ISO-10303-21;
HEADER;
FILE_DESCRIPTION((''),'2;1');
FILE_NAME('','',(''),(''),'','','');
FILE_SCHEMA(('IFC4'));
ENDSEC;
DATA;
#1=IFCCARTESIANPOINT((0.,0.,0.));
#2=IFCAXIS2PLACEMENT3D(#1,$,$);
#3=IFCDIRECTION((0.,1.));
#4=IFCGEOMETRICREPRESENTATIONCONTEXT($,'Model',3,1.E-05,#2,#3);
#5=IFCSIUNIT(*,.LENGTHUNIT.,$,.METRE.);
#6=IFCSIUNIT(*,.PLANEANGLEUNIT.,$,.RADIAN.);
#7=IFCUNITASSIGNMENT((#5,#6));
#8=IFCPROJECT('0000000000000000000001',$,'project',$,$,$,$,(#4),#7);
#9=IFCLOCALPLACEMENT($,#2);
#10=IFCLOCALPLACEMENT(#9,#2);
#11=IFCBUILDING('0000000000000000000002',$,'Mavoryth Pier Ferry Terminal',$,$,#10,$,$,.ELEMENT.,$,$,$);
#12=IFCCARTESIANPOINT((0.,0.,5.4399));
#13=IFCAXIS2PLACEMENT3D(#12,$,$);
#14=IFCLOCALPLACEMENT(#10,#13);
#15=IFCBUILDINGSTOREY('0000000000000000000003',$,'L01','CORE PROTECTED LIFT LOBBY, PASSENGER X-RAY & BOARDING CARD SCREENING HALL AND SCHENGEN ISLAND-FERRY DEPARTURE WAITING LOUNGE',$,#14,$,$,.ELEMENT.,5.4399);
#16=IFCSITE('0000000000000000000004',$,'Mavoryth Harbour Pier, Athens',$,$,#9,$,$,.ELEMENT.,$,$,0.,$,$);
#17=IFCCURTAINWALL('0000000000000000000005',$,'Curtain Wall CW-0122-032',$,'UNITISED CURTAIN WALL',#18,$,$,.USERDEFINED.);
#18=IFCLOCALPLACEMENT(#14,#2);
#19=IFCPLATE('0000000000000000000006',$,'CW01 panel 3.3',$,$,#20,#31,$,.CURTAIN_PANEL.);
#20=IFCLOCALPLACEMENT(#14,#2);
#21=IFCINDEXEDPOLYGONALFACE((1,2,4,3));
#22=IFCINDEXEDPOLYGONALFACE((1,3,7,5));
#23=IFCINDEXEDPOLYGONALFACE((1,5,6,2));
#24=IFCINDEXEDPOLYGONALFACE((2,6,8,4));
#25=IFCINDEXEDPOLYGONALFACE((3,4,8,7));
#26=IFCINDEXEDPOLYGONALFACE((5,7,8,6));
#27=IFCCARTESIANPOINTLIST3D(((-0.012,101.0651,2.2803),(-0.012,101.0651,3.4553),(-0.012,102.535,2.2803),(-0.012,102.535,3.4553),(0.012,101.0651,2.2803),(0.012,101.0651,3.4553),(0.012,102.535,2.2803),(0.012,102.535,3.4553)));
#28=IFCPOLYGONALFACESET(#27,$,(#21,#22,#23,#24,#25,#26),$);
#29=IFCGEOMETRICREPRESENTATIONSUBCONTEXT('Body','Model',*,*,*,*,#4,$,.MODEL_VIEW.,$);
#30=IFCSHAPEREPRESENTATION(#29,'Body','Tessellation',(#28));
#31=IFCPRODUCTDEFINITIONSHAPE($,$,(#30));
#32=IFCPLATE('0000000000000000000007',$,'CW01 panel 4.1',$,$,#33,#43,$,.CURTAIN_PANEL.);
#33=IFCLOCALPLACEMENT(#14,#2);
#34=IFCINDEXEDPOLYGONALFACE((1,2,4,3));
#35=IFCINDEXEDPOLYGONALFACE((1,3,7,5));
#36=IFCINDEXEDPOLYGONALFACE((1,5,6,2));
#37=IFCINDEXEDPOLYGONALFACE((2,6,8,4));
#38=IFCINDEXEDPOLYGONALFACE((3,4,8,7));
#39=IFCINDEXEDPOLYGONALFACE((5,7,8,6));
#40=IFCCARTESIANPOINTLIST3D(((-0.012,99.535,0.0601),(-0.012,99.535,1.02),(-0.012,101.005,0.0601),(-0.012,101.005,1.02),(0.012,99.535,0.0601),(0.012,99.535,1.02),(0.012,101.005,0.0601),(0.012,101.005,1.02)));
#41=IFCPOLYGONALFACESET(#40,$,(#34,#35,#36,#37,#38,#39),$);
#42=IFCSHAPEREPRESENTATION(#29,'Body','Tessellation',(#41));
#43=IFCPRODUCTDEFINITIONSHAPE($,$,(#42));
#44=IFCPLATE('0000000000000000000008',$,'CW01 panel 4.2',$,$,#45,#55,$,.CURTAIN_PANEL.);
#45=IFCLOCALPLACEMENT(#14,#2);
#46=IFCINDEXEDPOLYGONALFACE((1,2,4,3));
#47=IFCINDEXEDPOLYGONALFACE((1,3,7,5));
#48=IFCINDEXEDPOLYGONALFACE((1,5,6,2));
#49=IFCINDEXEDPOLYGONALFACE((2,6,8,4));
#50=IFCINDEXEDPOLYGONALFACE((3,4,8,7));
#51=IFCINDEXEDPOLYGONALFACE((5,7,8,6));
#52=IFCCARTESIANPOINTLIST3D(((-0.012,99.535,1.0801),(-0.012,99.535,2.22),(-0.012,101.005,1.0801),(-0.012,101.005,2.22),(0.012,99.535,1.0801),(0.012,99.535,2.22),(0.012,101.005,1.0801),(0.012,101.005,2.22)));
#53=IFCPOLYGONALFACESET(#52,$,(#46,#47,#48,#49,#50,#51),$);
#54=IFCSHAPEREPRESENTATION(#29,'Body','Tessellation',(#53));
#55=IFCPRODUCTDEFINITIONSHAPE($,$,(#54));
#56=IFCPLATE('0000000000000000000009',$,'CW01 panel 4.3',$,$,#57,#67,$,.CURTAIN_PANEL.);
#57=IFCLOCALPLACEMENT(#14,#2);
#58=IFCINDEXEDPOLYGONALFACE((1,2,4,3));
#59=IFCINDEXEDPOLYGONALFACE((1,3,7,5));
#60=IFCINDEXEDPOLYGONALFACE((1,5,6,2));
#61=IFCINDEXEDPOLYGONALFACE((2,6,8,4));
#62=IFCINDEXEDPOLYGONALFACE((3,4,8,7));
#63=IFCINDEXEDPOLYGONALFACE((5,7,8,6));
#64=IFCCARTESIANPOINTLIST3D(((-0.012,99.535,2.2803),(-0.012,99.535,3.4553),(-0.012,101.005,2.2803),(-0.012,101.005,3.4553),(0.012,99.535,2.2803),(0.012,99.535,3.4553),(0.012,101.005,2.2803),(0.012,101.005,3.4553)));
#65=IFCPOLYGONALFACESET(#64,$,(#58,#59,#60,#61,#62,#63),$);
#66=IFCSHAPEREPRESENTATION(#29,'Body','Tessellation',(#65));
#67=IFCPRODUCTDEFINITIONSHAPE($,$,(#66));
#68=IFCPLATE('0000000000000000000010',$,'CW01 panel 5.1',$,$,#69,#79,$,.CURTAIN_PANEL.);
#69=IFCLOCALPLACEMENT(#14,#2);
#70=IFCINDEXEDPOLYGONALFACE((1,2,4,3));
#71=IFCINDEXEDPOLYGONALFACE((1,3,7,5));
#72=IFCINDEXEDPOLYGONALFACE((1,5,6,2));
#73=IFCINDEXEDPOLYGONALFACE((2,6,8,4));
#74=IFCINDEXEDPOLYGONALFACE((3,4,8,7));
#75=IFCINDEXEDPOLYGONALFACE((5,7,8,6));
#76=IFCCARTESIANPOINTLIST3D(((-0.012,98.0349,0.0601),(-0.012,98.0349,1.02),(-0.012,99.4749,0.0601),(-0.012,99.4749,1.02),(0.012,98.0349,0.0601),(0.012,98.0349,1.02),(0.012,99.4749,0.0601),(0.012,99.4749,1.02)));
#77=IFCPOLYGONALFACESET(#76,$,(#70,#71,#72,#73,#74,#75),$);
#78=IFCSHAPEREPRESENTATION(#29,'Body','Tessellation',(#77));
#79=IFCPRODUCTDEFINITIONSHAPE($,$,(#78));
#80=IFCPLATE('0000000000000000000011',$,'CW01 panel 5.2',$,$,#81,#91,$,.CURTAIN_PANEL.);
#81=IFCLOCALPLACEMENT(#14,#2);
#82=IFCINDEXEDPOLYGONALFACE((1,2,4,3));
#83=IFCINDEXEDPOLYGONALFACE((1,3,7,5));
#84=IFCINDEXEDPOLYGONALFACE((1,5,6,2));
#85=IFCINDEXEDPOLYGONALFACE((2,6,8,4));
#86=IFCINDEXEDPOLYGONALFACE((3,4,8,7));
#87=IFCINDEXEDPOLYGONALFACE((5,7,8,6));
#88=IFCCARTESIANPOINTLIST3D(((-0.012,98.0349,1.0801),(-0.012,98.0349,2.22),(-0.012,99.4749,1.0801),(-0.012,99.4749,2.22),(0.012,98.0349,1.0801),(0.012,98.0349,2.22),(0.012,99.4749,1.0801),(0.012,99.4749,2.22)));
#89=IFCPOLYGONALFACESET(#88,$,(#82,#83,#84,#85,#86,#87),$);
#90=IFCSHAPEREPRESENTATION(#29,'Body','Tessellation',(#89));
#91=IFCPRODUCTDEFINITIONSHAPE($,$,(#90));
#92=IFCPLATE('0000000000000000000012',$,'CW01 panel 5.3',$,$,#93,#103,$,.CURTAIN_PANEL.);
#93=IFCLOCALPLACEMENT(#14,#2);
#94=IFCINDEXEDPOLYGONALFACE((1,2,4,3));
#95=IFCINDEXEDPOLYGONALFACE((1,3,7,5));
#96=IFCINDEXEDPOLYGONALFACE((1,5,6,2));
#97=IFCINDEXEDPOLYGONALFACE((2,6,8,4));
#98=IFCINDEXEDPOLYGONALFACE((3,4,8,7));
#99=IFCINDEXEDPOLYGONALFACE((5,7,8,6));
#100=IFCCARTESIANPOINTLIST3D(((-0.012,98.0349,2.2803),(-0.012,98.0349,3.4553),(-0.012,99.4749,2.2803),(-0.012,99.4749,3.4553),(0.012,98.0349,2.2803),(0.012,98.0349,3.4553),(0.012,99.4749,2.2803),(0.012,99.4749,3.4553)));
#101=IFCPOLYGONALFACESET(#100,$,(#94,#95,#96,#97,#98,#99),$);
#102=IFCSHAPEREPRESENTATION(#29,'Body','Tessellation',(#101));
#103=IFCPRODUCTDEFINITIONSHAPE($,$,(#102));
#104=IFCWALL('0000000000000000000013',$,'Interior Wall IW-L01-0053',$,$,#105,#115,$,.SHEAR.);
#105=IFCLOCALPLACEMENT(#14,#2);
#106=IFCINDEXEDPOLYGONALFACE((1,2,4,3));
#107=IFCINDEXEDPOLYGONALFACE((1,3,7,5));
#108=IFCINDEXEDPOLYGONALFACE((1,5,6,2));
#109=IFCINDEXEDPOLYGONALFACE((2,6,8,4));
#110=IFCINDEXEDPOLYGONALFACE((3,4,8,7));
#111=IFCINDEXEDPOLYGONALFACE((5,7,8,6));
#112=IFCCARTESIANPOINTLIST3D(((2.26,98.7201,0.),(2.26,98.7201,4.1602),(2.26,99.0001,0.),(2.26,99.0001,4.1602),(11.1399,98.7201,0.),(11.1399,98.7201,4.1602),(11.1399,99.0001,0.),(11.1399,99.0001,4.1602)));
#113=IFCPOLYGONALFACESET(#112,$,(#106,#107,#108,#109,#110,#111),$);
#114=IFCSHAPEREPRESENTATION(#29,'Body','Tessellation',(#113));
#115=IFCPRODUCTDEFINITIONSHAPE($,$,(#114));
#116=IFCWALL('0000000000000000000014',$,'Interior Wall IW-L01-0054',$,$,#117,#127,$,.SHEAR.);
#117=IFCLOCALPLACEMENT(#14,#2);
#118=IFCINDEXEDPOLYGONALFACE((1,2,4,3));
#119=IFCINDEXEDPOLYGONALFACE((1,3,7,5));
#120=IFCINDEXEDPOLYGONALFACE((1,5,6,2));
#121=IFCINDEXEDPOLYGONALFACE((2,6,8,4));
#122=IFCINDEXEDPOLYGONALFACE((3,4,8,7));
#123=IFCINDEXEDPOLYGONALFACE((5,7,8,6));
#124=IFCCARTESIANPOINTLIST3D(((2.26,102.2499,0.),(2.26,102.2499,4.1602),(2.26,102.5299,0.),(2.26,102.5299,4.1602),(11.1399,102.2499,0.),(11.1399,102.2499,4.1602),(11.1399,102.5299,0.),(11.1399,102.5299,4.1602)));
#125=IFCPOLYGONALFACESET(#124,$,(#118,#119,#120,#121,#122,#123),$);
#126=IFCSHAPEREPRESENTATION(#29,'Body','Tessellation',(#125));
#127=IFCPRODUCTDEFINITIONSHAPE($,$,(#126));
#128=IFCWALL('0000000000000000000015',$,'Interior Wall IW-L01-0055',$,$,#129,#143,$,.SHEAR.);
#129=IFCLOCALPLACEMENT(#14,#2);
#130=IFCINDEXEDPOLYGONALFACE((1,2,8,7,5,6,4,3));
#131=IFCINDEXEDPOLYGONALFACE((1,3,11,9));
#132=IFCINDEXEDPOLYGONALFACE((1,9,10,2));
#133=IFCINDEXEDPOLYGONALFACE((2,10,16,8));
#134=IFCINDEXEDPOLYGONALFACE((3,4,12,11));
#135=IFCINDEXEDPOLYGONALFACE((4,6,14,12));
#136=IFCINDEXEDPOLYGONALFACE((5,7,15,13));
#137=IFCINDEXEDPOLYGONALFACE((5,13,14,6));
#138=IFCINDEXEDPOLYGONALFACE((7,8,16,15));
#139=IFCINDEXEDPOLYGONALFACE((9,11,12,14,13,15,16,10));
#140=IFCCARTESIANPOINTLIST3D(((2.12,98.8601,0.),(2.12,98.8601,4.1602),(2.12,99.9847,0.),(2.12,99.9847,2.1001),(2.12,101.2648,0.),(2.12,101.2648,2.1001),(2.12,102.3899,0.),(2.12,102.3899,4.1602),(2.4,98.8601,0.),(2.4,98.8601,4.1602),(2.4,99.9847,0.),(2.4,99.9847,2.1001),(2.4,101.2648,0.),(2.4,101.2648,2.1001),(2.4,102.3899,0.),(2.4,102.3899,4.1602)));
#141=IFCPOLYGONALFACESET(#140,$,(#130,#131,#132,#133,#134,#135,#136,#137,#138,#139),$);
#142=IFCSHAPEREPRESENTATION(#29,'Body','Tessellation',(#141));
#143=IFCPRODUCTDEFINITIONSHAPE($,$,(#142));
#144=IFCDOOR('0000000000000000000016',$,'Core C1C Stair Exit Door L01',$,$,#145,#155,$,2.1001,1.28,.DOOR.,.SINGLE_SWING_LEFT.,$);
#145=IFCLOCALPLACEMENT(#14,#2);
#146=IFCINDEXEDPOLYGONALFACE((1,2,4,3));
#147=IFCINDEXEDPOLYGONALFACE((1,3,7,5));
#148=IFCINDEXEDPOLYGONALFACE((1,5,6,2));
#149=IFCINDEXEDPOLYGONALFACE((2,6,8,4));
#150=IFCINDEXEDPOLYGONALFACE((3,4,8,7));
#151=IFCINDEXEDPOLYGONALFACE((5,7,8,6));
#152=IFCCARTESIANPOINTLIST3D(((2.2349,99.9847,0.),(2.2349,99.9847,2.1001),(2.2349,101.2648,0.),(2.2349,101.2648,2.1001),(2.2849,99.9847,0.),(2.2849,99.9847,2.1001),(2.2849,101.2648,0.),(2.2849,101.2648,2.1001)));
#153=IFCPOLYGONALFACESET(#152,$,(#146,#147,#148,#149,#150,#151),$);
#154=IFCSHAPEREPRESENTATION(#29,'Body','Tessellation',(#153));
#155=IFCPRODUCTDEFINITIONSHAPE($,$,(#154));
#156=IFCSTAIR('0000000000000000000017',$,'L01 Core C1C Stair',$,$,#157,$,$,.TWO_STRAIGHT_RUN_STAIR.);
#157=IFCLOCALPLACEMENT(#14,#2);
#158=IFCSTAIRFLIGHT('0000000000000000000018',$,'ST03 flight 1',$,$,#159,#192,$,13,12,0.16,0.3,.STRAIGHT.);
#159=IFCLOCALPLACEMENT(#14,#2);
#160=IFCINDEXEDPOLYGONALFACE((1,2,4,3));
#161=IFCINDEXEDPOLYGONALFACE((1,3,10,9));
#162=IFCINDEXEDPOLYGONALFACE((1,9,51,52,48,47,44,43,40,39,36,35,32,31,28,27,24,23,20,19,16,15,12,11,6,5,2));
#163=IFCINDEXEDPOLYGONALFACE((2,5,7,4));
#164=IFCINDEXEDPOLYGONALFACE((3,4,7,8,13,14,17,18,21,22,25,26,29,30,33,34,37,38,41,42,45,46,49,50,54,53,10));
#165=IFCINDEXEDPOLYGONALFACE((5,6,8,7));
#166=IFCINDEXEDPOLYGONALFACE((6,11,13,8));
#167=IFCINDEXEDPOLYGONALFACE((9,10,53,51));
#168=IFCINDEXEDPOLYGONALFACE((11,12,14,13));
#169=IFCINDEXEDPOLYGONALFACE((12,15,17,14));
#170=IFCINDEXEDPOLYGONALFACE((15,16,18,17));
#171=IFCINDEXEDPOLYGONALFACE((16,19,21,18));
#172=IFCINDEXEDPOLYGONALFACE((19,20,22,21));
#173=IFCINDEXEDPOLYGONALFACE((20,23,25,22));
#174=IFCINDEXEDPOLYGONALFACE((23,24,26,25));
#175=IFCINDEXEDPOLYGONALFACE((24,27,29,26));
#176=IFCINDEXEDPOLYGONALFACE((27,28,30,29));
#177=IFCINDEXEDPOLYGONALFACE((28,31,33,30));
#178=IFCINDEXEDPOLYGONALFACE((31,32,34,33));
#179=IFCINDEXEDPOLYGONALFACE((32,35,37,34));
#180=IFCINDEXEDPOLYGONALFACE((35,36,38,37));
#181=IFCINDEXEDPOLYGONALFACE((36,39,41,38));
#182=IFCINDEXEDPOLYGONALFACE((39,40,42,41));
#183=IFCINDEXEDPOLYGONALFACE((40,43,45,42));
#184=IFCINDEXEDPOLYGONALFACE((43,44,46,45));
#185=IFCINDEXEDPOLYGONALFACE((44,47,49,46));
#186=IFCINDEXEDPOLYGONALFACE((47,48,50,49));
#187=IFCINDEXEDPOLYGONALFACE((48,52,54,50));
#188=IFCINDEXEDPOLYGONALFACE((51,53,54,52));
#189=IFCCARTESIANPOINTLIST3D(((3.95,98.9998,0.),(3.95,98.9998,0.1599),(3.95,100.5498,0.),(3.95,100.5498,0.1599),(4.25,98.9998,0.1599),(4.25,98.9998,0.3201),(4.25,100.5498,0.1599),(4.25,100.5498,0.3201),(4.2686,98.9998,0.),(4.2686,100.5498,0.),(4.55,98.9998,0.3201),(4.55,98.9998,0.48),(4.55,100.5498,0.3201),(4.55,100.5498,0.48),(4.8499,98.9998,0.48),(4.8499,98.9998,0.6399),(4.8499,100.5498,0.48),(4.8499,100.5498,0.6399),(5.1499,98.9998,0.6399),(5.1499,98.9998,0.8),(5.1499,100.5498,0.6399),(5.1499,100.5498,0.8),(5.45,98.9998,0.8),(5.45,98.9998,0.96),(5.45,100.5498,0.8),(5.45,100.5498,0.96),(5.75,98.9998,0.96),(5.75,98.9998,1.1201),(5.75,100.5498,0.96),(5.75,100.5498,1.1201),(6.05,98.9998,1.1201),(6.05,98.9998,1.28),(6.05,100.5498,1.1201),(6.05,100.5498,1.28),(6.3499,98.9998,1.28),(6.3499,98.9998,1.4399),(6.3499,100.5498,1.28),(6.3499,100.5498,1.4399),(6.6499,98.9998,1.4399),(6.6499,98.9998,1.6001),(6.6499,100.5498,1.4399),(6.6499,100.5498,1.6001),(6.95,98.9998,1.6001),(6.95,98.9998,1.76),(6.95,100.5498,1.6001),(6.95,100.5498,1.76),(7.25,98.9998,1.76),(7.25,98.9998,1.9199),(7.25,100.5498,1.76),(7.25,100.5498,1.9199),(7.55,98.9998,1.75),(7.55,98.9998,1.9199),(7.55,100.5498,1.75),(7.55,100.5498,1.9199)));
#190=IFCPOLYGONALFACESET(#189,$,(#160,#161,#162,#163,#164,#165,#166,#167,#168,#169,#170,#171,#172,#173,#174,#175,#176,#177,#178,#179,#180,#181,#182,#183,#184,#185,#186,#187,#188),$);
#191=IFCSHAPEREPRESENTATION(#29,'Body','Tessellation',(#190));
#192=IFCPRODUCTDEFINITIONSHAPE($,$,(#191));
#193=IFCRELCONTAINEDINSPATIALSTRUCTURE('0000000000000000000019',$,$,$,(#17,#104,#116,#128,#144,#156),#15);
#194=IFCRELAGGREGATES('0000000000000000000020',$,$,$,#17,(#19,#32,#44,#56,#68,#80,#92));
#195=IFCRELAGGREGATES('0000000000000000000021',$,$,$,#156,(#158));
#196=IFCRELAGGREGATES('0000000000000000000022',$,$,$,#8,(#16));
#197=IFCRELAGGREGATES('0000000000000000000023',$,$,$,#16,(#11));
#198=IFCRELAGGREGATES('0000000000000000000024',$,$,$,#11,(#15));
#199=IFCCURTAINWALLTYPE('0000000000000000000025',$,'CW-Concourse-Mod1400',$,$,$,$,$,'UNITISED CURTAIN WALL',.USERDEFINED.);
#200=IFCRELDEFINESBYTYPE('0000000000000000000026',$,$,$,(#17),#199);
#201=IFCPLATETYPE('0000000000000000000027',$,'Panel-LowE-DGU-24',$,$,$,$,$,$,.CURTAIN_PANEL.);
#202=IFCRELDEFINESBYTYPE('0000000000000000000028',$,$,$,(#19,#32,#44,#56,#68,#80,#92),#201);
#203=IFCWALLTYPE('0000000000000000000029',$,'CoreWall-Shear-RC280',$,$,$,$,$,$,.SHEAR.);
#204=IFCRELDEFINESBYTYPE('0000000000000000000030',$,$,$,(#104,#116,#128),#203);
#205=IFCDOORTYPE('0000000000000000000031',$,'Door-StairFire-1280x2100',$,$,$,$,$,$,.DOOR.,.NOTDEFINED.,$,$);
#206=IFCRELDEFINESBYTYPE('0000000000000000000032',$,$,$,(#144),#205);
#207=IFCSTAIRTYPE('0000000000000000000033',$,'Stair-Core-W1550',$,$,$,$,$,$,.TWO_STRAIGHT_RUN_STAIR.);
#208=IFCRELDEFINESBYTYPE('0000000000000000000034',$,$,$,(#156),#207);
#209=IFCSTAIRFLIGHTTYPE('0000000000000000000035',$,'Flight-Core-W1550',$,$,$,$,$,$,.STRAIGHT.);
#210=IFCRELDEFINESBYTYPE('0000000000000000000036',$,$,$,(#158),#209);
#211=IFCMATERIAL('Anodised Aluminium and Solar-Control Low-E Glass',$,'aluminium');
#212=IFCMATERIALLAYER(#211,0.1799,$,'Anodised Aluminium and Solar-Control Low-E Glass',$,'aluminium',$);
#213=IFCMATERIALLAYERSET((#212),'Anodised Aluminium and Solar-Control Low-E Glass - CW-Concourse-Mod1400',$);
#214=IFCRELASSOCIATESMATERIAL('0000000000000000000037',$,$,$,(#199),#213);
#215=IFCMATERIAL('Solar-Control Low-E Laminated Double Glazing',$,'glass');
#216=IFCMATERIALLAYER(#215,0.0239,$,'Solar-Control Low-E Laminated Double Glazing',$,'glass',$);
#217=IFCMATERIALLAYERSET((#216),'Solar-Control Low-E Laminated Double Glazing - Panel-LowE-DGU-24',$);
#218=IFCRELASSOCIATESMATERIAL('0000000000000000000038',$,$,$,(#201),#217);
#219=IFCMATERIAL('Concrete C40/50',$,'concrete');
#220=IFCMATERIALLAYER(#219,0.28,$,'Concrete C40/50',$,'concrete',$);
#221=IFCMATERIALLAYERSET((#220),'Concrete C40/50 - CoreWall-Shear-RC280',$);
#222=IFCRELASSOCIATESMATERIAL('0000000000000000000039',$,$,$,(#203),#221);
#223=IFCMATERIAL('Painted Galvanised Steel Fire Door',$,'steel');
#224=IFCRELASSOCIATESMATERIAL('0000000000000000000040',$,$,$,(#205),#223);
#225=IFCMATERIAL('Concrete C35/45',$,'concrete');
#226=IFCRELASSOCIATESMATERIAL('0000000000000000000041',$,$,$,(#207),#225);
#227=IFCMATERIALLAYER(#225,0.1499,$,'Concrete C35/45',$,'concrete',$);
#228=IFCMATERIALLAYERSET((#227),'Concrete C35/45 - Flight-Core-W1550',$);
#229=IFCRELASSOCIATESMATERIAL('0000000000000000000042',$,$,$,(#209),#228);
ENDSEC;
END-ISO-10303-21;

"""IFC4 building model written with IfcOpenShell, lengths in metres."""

from ifc_helpers import new_model, si_unit, direction, frame, frame_2d, origin, origin_2d, place, context, subcontext, project, spatial, polyline, rectangle, outline, extrude, material, layer, layer_set, type_object, element, fill, aggregate, save


model = new_model("IFC4")

# Units and contexts
model_context = context("Model", 3, precision=1e-05, world=origin(), true_north=direction((0.0, 1.0)))
body_context = subcontext(model_context, "Body", "Model", "MODEL_VIEW")
ifc_project = project(units=[si_unit("LENGTHUNIT", "METRE"), si_unit("PLANEANGLEUNIT", "RADIAN")], contexts=[model_context])

# Site, building, storey
site_placement = place(None, origin())
site = spatial("IfcSite", under=ifc_project, at=site_placement, Name="Mavoryth Harbour Pier, Athens", CompositionType="ELEMENT", RefElevation=0.0)
building_placement = place(site_placement, origin())
building = spatial("IfcBuilding", under=site, at=building_placement, Name="Mavoryth Pier Ferry Terminal", CompositionType="ELEMENT")
storey_placement = place(building_placement, frame((0.0, 0.0, 5.4399)))
storey = spatial("IfcBuildingStorey", under=building, at=storey_placement, Name="L01", Description="CORE PROTECTED LIFT LOBBY, PASSENGER X-RAY & BOARDING CARD SCREENING HALL AND SCHENGEN ISLAND-FERRY DEPARTURE WAITING LOUNGE", CompositionType="ELEMENT", Elevation=5.4399)

# Shared definitions
ifc_material_1 = material(Name="Concrete C35/45", Category="concrete")

# Curtain wall
ifc_material_2 = material(Name="Anodised Aluminium and Solar-Control Low-E Glass", Category="aluminium")
ifc_layer_1 = layer(ifc_material_2, 0.1799, Name="Anodised Aluminium and Solar-Control Low-E Glass", Category="aluminium")
ifc_layer_set_1 = layer_set([ifc_layer_1], Name="Anodised Aluminium and Solar-Control Low-E Glass - CW-Concourse-Mod1400")
curtain_wall_type = type_object("IfcCurtainWallType", Name="CW-Concourse-Mod1400", ElementType="UNITISED CURTAIN WALL", PredefinedType="USERDEFINED", material=ifc_layer_set_1)
curtain_wall_placement = place(storey_placement, origin())
curtain_wall = element("IfcCurtainWall", 1, at=curtain_wall_placement, inside=storey, type_object=curtain_wall_type, Name="Curtain Wall CW-0122-032", ObjectType="UNITISED CURTAIN WALL", PredefinedType="USERDEFINED")

# Plates
ifc_material_3 = material(Name="Solar-Control Low-E Laminated Double Glazing", Category="glass")
ifc_layer_2 = layer(ifc_material_3, 0.0239, Name="Solar-Control Low-E Laminated Double Glazing", Category="glass")
ifc_layer_set_2 = layer_set([ifc_layer_2], Name="Solar-Control Low-E Laminated Double Glazing - Panel-LowE-DGU-24")
plate_type = type_object("IfcPlateType", Name="Panel-LowE-DGU-24", PredefinedType="CURTAIN_PANEL", material=ifc_layer_set_2)
plate_1_placement = place(storey_placement, frame((0.0, 101.8, 2.2803), z_axis=(0.0, 0.0, 1.0), x_axis=(0.0, -1.0, 0.0)))
plate_1 = element("IfcPlate", 2, at=plate_1_placement, type_object=plate_type, Name="CW01 panel 3.3", PredefinedType="CURTAIN_PANEL", context=body_context, shape_type="SweptSolid", body=[
    extrude(rectangle(XDim=1.47, YDim=0.0239, at=origin_2d()), origin(), (0.0, 0.0, 1.0), 1.175),
])
plate_2_placement = place(storey_placement, frame((0.0, 100.27, 0.0601), z_axis=(0.0, 0.0, 1.0), x_axis=(0.0, -1.0, 0.0)))
plate_2 = element("IfcPlate", 3, at=plate_2_placement, type_object=plate_type, Name="CW01 panel 4.1", PredefinedType="CURTAIN_PANEL", context=body_context, shape_type="SweptSolid", body=[
    extrude(rectangle(XDim=1.47, YDim=0.0239, at=origin_2d()), origin(), (0.0, 0.0, 1.0), 0.96),
])
plate_3_placement = place(storey_placement, frame((0.0, 100.27, 1.0801), z_axis=(0.0, 0.0, 1.0), x_axis=(0.0, -1.0, 0.0)))
plate_3 = element("IfcPlate", 4, at=plate_3_placement, type_object=plate_type, Name="CW01 panel 4.2", PredefinedType="CURTAIN_PANEL", context=body_context, shape_type="SweptSolid", body=[
    extrude(rectangle(XDim=1.47, YDim=0.0239, at=origin_2d()), origin(), (0.0, 0.0, 1.0), 1.1399),
])
plate_4_placement = place(storey_placement, frame((0.0, 100.27, 2.2803), z_axis=(0.0, 0.0, 1.0), x_axis=(0.0, -1.0, 0.0)))
plate_4 = element("IfcPlate", 5, at=plate_4_placement, type_object=plate_type, Name="CW01 panel 4.3", PredefinedType="CURTAIN_PANEL", context=body_context, shape_type="SweptSolid", body=[
    extrude(rectangle(XDim=1.47, YDim=0.0239, at=origin_2d()), origin(), (0.0, 0.0, 1.0), 1.175),
])
plate_5_placement = place(storey_placement, frame((0.0, 98.7549, 0.0601), z_axis=(0.0, 0.0, 1.0), x_axis=(0.0, -1.0, 0.0)))
plate_5 = element("IfcPlate", 6, at=plate_5_placement, type_object=plate_type, Name="CW01 panel 5.1", PredefinedType="CURTAIN_PANEL", context=body_context, shape_type="SweptSolid", body=[
    extrude(rectangle(XDim=1.4399, YDim=0.0239, at=origin_2d()), origin(), (0.0, 0.0, 1.0), 0.96),
])
plate_6_placement = place(storey_placement, frame((0.0, 98.7549, 1.0801), z_axis=(0.0, 0.0, 1.0), x_axis=(0.0, -1.0, 0.0)))
plate_6 = element("IfcPlate", 7, at=plate_6_placement, type_object=plate_type, Name="CW01 panel 5.2", PredefinedType="CURTAIN_PANEL", context=body_context, shape_type="SweptSolid", body=[
    extrude(rectangle(XDim=1.4399, YDim=0.0239, at=origin_2d()), origin(), (0.0, 0.0, 1.0), 1.1399),
])
plate_7_placement = place(storey_placement, frame((0.0, 98.7549, 2.2803), z_axis=(0.0, 0.0, 1.0), x_axis=(0.0, -1.0, 0.0)))
plate_7 = element("IfcPlate", 8, at=plate_7_placement, type_object=plate_type, Name="CW01 panel 5.3", PredefinedType="CURTAIN_PANEL", context=body_context, shape_type="SweptSolid", body=[
    extrude(rectangle(XDim=1.4399, YDim=0.0239, at=origin_2d()), origin(), (0.0, 0.0, 1.0), 1.175),
])
aggregate(curtain_wall, [plate_1, plate_2, plate_3, plate_4, plate_5, plate_6, plate_7])

# Walls
ifc_material_4 = material(Name="Concrete C40/50", Category="concrete")
ifc_layer_3 = layer(ifc_material_4, 0.28, Name="Concrete C40/50", Category="concrete")
ifc_layer_set_3 = layer_set([ifc_layer_3], Name="Concrete C40/50 - CoreWall-Shear-RC280")
wall_type = type_object("IfcWallType", Name="CoreWall-Shear-RC280", PredefinedType="SHEAR", material=ifc_layer_set_3)
for number, where, z_axis, x_axis, name in (
    (9, (2.26, 98.8601, 0.0), (0.0, 0.0, 1.0), (1.0, 0.0, 0.0), "Interior Wall IW-L01-0053"),
    (10, (2.26, 102.3899, 0.0), (0.0, 0.0, 1.0), (1.0, 0.0, 0.0), "Interior Wall IW-L01-0054"),
):
    element("IfcWall", number, at=place(storey_placement, frame(where, z_axis=z_axis, x_axis=x_axis)), inside=storey, type_object=wall_type, Name=name, PredefinedType="SHEAR", context=body_context, shape_type="SweptSolid", body=[
        extrude(rectangle(XDim=8.8799, YDim=0.28, at=frame_2d((4.4399, 0.0))), origin(), (0.0, 0.0, 1.0), 4.1602),
    ])

# Wall, opening, door
wall_placement = place(storey_placement, frame((2.26, 102.3899, 0.0), z_axis=(0.0, 0.0, 1.0), x_axis=(0.0, -1.0, 0.0)))
wall = element("IfcWall", 11, at=wall_placement, inside=storey, type_object=wall_type, Name="Interior Wall IW-L01-0055", PredefinedType="SHEAR", context=body_context, shape_type="SweptSolid", body=[
    extrude(rectangle(XDim=3.5298, YDim=0.28, at=frame_2d((1.7649, 0.0))), origin(), (0.0, 0.0, 1.0), 4.1602),
])
opening_placement = place(wall_placement, frame((1.125, 0.0, 0.0)))
opening = element("IfcOpeningElement", 12, at=opening_placement, cuts=wall, PredefinedType="OPENING", context=body_context, shape_type="SweptSolid", body=[
    extrude(rectangle(XDim=1.28, YDim=2.1001, at=frame_2d((0.6401, 1.05))), frame((0.0, 0.1499, 0.0), z_axis=(0.0, -1.0, 0.0), x_axis=(1.0, 0.0, 0.0)), (0.0, 0.0, 1.0), 0.3),
])
ifc_material_5 = material(Name="Painted Galvanised Steel Fire Door", Category="steel")
door_type = type_object("IfcDoorType", Name="Door-StairFire-1280x2100", OperationType="NOTDEFINED", PredefinedType="DOOR", material=ifc_material_5)
door_placement = place(opening_placement, origin())
door = element("IfcDoor", 13, at=door_placement, inside=storey, type_object=door_type, Name="Core C1C Stair Exit Door L01", OperationType="SINGLE_SWING_LEFT", OverallHeight=2.1001, OverallWidth=1.28, PredefinedType="DOOR", context=body_context, shape_type="SweptSolid", body=[
    extrude(rectangle(XDim=1.28, YDim=2.1001, at=frame_2d((0.6401, 1.05))), frame((0.0, 0.0249, 0.0), z_axis=(0.0, -1.0, 0.0), x_axis=(1.0, 0.0, 0.0)), (0.0, 0.0, 1.0), 0.05),
])
fill(opening, door)

# Stair, stair flight
stair_type = type_object("IfcStairType", Name="Stair-Core-W1550", PredefinedType="TWO_STRAIGHT_RUN_STAIR", material=ifc_material_1)
stair_placement = place(storey_placement, origin())
stair = element("IfcStair", 14, at=stair_placement, inside=storey, type_object=stair_type, Name="L01 Core C1C Stair", PredefinedType="TWO_STRAIGHT_RUN_STAIR")
ifc_layer_4 = layer(ifc_material_1, 0.1499, Name="Concrete C35/45", Category="concrete")
ifc_layer_set_4 = layer_set([ifc_layer_4], Name="Concrete C35/45 - Flight-Core-W1550")
stair_flight_type = type_object("IfcStairFlightType", Name="Flight-Core-W1550", PredefinedType="STRAIGHT", material=ifc_layer_set_4)
stair_flight_placement = place(storey_placement, frame((3.95, 99.7749, 0.0), z_axis=(0.0, 0.0, 1.0), x_axis=(1.0, 0.0, 0.0)))
stair_flight = element("IfcStairFlight", 15, at=stair_flight_placement, type_object=stair_flight_type, Name="ST03 flight 1", NumberOfRisers=13, NumberOfTreads=12, PredefinedType="STRAIGHT", RiserHeight=0.16, TreadLength=0.3, context=body_context, shape_type="SweptSolid", body=[
    extrude(outline(polyline([(0.0, 0.0), (0.0, 0.1599), (0.3, 0.1599), (0.3, 0.3201), (0.6001, 0.3201), (0.6001, 0.48), (0.8999, 0.48), (0.8999, 0.6399), (1.2, 0.6399), (1.2, 0.8), (1.5, 0.8), (1.5, 0.96), (1.8, 0.96), (1.8, 1.1201), (2.1001, 1.1201), (2.1001, 1.28), (2.3999, 1.28), (2.3999, 1.4399), (2.7, 1.4399), (2.7, 1.6001), (3.0, 1.6001), (3.0, 1.76), (3.3, 1.76), (3.3, 1.9199), (3.6001, 1.9199), (3.6001, 2.0801), (3.6001, 1.75), (0.3186, 0.0), (0.0, 0.0)])), frame((0.0, 0.7749, 0.0), z_axis=(0.0, -1.0, 0.0), x_axis=(1.0, 0.0, 0.0)), (0.0, 0.0, 1.0), 1.55),
])
aggregate(stair, [stair_flight])

save(model, "model.ifc")
